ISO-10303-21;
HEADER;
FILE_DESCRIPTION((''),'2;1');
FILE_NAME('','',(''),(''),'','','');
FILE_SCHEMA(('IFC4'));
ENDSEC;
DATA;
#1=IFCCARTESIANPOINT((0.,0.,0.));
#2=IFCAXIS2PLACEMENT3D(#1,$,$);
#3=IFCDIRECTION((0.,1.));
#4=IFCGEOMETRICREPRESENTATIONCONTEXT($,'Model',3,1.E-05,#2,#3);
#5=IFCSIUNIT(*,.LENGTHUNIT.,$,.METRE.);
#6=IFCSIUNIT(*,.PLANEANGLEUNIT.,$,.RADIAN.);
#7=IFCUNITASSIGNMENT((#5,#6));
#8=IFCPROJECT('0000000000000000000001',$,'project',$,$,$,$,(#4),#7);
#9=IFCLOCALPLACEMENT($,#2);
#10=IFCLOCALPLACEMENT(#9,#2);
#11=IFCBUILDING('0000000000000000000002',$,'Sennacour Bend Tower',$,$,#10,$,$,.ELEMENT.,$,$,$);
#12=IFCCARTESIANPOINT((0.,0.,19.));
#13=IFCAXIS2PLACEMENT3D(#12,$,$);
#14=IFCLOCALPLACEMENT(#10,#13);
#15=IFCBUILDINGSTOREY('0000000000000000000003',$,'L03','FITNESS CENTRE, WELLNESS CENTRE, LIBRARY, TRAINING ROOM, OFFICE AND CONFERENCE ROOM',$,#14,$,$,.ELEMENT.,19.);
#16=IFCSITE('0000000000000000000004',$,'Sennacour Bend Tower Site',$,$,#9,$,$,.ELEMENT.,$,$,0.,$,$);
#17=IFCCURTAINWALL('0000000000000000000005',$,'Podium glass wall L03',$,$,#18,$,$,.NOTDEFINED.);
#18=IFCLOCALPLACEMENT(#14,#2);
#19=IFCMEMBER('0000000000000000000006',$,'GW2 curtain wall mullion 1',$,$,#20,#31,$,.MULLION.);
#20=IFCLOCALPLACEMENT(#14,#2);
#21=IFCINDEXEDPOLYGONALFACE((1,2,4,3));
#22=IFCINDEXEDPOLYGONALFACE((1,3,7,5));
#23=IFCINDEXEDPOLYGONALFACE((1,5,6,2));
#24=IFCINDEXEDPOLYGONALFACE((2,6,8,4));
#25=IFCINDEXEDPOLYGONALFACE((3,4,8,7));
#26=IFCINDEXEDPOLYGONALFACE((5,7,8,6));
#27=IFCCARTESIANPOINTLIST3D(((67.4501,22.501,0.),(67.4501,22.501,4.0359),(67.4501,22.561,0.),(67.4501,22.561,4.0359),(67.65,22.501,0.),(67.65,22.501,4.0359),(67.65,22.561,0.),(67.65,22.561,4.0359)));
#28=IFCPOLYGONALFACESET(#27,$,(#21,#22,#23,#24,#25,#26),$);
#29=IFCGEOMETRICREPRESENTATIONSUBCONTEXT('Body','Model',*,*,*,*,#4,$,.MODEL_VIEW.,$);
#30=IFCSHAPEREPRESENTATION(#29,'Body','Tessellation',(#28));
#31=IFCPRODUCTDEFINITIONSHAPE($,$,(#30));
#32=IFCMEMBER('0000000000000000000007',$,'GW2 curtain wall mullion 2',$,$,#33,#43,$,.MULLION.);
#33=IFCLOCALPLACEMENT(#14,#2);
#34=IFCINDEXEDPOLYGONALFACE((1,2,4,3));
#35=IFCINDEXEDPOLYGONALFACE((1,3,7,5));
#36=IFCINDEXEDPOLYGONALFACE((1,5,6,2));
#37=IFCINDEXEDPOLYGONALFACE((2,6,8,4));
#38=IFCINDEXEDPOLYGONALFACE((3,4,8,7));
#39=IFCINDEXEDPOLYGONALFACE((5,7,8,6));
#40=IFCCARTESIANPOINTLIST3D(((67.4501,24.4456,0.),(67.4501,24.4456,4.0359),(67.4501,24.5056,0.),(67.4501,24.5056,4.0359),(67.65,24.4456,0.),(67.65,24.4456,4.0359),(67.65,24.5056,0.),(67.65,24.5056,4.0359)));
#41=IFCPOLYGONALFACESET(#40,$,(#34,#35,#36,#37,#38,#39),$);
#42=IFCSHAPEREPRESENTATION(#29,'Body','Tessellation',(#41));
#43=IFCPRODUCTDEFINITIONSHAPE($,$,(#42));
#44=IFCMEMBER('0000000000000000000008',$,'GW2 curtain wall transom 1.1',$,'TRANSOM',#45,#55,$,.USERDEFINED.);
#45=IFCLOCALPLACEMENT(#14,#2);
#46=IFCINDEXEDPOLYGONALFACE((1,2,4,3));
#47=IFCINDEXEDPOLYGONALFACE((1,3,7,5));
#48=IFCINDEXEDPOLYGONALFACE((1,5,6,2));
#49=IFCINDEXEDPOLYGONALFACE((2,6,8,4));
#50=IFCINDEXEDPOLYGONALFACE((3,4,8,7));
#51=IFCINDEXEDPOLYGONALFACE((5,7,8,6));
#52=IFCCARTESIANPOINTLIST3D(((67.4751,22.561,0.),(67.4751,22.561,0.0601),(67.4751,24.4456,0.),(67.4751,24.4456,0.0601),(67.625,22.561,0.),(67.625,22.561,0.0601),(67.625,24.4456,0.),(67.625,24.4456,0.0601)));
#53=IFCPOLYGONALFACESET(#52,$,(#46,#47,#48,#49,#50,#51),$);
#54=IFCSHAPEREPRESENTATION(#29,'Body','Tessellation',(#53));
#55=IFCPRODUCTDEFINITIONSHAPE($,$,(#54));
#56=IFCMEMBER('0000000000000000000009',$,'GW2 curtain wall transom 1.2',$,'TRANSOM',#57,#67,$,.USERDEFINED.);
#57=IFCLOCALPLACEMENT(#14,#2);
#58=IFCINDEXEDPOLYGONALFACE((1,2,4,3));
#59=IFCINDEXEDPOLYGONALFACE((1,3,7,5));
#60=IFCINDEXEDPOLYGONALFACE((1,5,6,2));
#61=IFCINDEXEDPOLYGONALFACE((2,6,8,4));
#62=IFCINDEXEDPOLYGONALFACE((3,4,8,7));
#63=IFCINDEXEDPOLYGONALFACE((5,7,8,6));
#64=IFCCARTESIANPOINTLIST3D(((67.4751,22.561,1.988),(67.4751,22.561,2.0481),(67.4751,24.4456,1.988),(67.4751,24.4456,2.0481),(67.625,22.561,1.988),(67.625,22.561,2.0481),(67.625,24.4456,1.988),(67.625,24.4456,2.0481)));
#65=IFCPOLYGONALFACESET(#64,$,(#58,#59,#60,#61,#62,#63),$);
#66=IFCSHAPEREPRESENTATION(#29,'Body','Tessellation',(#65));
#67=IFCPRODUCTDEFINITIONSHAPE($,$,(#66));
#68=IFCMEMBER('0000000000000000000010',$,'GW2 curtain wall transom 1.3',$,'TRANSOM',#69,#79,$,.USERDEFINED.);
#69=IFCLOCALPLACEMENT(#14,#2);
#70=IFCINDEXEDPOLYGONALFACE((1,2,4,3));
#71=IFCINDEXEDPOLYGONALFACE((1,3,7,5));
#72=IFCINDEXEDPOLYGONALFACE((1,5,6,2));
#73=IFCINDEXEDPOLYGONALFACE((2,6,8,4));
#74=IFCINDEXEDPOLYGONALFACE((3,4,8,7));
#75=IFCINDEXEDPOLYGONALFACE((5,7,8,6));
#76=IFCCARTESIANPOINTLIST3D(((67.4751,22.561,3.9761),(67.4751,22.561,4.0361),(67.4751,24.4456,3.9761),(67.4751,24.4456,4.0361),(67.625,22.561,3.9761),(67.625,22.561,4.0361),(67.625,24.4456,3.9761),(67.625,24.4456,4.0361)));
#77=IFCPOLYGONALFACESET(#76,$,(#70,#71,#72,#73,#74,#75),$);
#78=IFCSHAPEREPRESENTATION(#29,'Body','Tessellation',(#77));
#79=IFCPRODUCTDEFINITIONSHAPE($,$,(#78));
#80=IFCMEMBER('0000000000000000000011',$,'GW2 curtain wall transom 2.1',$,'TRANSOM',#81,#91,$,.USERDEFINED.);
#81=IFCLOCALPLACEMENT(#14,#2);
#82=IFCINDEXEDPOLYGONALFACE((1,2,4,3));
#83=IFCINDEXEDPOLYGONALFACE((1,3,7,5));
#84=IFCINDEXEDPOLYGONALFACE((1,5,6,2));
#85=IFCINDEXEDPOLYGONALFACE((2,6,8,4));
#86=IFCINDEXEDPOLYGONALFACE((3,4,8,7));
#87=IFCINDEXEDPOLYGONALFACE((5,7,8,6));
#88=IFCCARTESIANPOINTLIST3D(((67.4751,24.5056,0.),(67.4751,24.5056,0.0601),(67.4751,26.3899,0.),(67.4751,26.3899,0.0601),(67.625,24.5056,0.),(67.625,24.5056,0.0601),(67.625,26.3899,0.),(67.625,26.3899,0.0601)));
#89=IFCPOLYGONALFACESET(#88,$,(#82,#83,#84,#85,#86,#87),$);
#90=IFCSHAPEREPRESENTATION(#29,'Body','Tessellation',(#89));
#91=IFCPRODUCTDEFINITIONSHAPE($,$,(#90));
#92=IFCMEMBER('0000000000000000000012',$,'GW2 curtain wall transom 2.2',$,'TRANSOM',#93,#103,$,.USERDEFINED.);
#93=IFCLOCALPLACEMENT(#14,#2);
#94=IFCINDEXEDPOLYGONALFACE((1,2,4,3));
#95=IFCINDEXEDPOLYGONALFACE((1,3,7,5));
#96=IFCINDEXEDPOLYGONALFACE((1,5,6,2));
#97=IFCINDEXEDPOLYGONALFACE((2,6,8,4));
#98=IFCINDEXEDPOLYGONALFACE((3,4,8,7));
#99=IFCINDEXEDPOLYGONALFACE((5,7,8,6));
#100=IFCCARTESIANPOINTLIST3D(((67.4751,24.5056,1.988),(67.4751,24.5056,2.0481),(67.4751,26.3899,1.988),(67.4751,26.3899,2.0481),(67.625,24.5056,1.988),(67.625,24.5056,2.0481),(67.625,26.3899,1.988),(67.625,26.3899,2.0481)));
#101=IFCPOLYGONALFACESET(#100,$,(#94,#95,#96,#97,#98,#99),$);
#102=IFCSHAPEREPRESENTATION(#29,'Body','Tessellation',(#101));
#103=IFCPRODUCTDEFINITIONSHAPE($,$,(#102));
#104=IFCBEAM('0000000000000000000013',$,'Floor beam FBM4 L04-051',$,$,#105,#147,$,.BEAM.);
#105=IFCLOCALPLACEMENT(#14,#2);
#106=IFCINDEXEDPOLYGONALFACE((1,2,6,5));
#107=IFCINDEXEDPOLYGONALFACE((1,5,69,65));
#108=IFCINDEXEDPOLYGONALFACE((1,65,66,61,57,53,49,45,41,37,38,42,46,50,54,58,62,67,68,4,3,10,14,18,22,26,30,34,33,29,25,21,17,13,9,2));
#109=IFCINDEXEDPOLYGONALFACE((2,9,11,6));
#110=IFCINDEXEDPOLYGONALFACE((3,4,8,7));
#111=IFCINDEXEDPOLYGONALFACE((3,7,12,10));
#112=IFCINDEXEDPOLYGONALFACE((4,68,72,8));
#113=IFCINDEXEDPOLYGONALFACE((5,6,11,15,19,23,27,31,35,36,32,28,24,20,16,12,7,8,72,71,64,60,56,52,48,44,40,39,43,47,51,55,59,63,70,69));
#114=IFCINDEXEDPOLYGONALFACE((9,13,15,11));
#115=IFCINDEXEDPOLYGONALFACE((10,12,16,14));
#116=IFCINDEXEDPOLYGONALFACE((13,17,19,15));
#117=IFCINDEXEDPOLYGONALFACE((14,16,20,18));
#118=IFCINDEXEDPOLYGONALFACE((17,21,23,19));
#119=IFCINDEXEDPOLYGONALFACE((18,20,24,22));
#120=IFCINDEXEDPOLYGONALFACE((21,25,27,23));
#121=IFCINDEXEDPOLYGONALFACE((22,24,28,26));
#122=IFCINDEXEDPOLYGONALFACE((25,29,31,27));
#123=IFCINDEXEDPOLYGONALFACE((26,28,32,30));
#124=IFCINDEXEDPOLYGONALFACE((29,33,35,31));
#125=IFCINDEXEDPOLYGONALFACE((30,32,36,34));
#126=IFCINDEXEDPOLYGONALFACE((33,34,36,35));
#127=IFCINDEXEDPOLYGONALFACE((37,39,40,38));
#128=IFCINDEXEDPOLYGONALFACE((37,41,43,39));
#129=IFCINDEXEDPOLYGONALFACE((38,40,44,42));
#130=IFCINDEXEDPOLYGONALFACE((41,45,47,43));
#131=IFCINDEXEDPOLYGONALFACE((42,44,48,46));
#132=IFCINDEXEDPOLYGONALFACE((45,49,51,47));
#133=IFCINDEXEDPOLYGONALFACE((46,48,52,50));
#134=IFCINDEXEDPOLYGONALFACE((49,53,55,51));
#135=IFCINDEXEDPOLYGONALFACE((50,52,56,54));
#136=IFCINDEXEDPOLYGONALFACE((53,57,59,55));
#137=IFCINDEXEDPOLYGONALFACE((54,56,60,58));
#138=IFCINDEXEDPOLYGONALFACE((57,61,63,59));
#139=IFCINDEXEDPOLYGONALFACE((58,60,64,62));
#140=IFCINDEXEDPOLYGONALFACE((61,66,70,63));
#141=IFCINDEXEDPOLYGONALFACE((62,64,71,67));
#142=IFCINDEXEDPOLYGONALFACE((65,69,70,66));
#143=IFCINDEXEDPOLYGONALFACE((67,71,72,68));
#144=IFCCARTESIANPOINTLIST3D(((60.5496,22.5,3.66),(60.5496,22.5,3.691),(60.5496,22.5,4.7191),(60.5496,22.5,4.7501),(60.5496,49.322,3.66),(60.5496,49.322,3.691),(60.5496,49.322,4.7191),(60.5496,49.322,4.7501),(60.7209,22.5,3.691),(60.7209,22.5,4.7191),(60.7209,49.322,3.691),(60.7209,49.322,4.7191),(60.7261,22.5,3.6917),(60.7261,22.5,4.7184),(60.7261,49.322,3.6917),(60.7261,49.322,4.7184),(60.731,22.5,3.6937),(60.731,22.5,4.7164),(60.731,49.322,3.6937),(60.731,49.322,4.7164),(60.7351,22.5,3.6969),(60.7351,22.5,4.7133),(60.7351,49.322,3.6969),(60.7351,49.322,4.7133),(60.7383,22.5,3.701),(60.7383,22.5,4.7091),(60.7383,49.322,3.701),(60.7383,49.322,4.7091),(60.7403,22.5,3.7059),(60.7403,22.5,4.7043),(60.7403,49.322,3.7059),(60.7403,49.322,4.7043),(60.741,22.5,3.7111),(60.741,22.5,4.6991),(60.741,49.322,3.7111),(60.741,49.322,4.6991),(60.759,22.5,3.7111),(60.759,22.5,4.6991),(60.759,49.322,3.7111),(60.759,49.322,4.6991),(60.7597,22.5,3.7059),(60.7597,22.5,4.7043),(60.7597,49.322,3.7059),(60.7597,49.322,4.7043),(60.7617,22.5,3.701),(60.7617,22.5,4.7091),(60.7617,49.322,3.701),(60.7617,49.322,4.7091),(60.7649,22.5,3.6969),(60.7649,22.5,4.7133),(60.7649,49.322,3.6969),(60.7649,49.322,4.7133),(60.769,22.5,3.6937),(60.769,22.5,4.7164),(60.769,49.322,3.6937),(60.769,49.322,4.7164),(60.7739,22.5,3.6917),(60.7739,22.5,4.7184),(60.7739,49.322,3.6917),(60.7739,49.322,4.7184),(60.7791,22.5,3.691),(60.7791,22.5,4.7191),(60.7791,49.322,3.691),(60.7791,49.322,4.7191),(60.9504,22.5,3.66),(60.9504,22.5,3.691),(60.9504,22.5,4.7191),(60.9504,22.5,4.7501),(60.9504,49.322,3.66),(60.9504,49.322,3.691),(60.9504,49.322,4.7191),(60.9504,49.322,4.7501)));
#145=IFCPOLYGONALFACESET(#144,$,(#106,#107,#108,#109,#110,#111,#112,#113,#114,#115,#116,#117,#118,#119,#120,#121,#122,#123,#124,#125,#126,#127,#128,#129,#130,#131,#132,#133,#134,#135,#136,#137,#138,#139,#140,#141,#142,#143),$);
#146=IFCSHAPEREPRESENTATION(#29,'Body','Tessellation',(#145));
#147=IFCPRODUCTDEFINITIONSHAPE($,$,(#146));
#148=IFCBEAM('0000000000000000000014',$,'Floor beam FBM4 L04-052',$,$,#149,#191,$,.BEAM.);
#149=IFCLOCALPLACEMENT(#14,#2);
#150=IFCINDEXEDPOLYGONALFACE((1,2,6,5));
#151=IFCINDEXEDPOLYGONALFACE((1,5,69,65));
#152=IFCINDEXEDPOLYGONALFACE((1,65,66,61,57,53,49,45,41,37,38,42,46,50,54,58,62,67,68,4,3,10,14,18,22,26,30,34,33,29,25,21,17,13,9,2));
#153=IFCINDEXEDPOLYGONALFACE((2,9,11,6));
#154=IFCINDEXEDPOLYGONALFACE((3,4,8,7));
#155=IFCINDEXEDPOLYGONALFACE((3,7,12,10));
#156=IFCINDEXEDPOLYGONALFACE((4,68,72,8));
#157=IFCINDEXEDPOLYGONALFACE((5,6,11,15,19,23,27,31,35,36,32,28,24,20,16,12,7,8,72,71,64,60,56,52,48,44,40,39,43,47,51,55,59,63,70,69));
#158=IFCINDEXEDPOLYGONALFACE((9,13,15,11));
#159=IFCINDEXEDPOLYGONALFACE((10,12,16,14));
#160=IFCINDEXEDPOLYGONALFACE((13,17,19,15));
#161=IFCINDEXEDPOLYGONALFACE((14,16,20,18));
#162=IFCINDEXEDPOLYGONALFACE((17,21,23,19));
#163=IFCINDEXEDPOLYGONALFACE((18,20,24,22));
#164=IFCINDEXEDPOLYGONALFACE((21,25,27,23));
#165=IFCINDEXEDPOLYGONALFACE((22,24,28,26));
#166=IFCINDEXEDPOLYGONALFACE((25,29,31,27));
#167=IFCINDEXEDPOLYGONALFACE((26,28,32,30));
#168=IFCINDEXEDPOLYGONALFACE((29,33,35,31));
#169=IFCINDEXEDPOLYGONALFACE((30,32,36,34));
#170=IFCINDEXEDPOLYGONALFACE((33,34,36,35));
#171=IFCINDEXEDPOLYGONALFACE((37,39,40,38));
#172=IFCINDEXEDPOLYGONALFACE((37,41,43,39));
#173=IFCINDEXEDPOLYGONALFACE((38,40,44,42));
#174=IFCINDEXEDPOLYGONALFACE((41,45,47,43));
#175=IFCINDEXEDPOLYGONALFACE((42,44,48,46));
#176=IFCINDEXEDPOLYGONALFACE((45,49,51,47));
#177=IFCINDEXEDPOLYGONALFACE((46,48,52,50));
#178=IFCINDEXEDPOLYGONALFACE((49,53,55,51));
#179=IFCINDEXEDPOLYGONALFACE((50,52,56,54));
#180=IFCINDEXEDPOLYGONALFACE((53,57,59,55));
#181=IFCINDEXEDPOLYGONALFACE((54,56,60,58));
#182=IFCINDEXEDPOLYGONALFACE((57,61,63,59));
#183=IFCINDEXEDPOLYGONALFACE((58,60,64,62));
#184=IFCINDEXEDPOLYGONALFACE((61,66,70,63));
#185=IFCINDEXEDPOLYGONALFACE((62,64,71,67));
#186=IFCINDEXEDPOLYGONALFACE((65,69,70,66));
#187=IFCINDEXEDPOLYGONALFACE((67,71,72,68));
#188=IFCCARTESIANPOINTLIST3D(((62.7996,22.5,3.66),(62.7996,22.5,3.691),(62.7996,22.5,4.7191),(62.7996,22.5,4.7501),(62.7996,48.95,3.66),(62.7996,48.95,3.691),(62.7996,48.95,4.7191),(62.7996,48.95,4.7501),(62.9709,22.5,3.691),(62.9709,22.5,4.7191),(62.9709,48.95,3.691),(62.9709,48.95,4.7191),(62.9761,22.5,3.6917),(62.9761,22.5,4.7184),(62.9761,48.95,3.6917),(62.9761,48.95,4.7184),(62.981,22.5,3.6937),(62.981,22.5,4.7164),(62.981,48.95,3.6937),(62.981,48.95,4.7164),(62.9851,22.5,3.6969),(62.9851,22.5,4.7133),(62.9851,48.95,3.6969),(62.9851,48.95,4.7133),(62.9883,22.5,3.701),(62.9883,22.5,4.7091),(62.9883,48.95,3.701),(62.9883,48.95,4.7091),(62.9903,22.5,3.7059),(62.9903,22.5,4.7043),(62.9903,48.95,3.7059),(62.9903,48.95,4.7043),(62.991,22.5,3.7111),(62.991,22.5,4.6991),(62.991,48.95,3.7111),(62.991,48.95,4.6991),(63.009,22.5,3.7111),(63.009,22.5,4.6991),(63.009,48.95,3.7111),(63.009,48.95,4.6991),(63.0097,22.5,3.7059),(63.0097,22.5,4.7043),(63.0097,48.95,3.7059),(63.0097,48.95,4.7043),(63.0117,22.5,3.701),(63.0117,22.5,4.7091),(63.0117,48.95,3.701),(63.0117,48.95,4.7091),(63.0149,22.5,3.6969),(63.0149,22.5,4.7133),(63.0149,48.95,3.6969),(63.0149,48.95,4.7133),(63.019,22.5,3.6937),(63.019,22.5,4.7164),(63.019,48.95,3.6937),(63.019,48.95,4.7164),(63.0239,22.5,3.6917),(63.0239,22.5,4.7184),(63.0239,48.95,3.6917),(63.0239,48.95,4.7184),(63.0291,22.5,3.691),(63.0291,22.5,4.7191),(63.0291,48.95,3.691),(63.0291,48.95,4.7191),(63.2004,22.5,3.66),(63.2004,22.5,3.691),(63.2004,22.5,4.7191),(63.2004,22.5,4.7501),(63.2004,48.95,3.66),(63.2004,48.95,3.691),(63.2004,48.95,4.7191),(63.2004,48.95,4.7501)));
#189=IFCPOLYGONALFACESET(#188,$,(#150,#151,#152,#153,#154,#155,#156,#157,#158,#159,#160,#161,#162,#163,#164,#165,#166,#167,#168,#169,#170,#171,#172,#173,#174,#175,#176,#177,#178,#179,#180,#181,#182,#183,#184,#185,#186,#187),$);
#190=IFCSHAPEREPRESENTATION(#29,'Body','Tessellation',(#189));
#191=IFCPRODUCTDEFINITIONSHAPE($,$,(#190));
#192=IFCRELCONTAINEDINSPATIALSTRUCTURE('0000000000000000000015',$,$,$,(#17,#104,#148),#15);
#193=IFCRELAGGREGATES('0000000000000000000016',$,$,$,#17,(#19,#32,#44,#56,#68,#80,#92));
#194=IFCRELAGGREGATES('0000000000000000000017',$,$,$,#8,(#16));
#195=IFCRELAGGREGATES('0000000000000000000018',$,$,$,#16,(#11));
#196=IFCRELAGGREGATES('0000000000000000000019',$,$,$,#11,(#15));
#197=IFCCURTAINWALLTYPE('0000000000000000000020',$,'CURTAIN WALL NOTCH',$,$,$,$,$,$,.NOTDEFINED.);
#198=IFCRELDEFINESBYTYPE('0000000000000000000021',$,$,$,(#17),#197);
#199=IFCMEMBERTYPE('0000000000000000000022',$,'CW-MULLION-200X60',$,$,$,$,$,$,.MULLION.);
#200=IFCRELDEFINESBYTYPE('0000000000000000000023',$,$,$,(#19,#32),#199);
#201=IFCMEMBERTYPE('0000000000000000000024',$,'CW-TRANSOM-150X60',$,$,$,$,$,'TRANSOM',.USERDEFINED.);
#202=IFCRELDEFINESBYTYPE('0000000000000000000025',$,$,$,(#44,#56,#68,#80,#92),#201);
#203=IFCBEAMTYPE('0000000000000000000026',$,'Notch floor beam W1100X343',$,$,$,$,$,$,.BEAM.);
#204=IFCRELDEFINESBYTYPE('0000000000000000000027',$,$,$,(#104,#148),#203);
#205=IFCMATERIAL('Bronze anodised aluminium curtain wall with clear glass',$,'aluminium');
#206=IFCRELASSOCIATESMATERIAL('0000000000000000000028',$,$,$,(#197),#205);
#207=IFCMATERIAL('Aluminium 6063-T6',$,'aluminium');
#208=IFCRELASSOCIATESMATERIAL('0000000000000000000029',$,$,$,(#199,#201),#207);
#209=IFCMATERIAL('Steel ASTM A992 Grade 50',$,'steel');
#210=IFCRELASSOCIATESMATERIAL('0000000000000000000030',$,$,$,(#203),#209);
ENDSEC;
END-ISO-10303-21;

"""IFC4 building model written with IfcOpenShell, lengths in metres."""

from ifc_helpers import new_model, si_unit, direction, frame, origin, origin_2d, place, context, subcontext, project, spatial, rectangle, i_section, extrude, material, material_profile, profile_set, type_object, element, aggregate, save


model = new_model("IFC4")

# Units and contexts
model_context = context("Model", 3, precision=1e-05, world=origin(), true_north=direction((0.0, 1.0)))
body_context = subcontext(model_context, "Body", "Model", "MODEL_VIEW")
ifc_project = project(units=[si_unit("LENGTHUNIT", "METRE"), si_unit("PLANEANGLEUNIT", "RADIAN")], contexts=[model_context])

# Site, building, storey
site_placement = place(None, origin())
site = spatial("IfcSite", under=ifc_project, at=site_placement, Name="Sennacour Bend Tower Site", CompositionType="ELEMENT", RefElevation=0.0)
building_placement = place(site_placement, origin())
building = spatial("IfcBuilding", under=site, at=building_placement, Name="Sennacour Bend Tower", CompositionType="ELEMENT")
storey_placement = place(building_placement, frame((0.0, 0.0, 19.0)))
storey = spatial("IfcBuildingStorey", under=building, at=storey_placement, Name="L03", Description="FITNESS CENTRE, WELLNESS CENTRE, LIBRARY, TRAINING ROOM, OFFICE AND CONFERENCE ROOM", CompositionType="ELEMENT", Elevation=19.0)

# Curtain wall, members
ifc_material_1 = material(Name="Bronze anodised aluminium curtain wall with clear glass", Category="aluminium")
curtain_wall_type = type_object("IfcCurtainWallType", Name="CURTAIN WALL NOTCH", PredefinedType="NOTDEFINED", material=ifc_material_1)
curtain_wall_placement = place(storey_placement, origin())
curtain_wall = element("IfcCurtainWall", 1, at=curtain_wall_placement, inside=storey, type_object=curtain_wall_type, Name="Podium glass wall L03", PredefinedType="NOTDEFINED")
ifc_material_2 = material(Name="Aluminium 6063-T6", Category="aluminium")
ifc_material_profile_1 = material_profile(ifc_material_2, rectangle(XDim=0.2, YDim=0.0601, at=origin_2d()), Name="Aluminium 6063-T6", Category="aluminium")
ifc_profile_set_1 = profile_set([ifc_material_profile_1], Name="Aluminium 6063-T6")
member_type_1 = type_object("IfcMemberType", Name="CW-MULLION-200X60", PredefinedType="MULLION", material=ifc_profile_set_1)
member_1_placement = place(storey_placement, frame((67.55, 22.531, 0.0), z_axis=(0.0, 0.0, 1.0), x_axis=(-1.0, 0.0, 0.0)))
member_1 = element("IfcMember", 2, at=member_1_placement, type_object=member_type_1, Name="GW2 curtain wall mullion 1", PredefinedType="MULLION", context=body_context, shape_type="SweptSolid", body=[
    extrude(rectangle(XDim=0.2, YDim=0.0601, at=origin_2d()), origin(), (0.0, 0.0, 1.0), 4.0359),
])
member_2_placement = place(storey_placement, frame((67.55, 24.4756, 0.0), z_axis=(0.0, 0.0, 1.0), x_axis=(-1.0, 0.0, 0.0)))
member_2 = element("IfcMember", 3, at=member_2_placement, type_object=member_type_1, Name="GW2 curtain wall mullion 2", PredefinedType="MULLION", context=body_context, shape_type="SweptSolid", body=[
    extrude(rectangle(XDim=0.2, YDim=0.0601, at=origin_2d()), origin(), (0.0, 0.0, 1.0), 4.0359),
])
ifc_material_profile_2 = material_profile(ifc_material_2, rectangle(XDim=0.1499, YDim=0.0601, at=origin_2d()), Name="Aluminium 6063-T6", Category="aluminium")
ifc_profile_set_2 = profile_set([ifc_material_profile_2], Name="Aluminium 6063-T6")
member_type_2 = type_object("IfcMemberType", Name="CW-TRANSOM-150X60", ElementType="TRANSOM", PredefinedType="USERDEFINED", material=ifc_profile_set_2)
member_3_placement = place(storey_placement, frame((67.55, 22.561, 0.03), z_axis=(0.0, 1.0, 0.0), x_axis=(-1.0, 0.0, 0.0)))
member_3 = element("IfcMember", 4, at=member_3_placement, type_object=member_type_2, Name="GW2 curtain wall transom 1.1", ObjectType="TRANSOM", PredefinedType="USERDEFINED", context=body_context, shape_type="SweptSolid", body=[
    extrude(rectangle(XDim=0.1499, YDim=0.0601, at=origin_2d()), origin(), (0.0, 0.0, 1.0), 1.8845),
])
member_4_placement = place(storey_placement, frame((67.55, 22.561, 2.0181), z_axis=(0.0, 1.0, 0.0), x_axis=(-1.0, 0.0, 0.0)))
member_4 = element("IfcMember", 5, at=member_4_placement, type_object=member_type_2, Name="GW2 curtain wall transom 1.2", ObjectType="TRANSOM", PredefinedType="USERDEFINED", context=body_context, shape_type="SweptSolid", body=[
    extrude(rectangle(XDim=0.1499, YDim=0.0601, at=origin_2d()), origin(), (0.0, 0.0, 1.0), 1.8845),
])
member_5_placement = place(storey_placement, frame((67.55, 22.561, 4.0061), z_axis=(0.0, 1.0, 0.0), x_axis=(-1.0, 0.0, 0.0)))
member_5 = element("IfcMember", 6, at=member_5_placement, type_object=member_type_2, Name="GW2 curtain wall transom 1.3", ObjectType="TRANSOM", PredefinedType="USERDEFINED", context=body_context, shape_type="SweptSolid", body=[
    extrude(rectangle(XDim=0.1499, YDim=0.0601, at=origin_2d()), origin(), (0.0, 0.0, 1.0), 1.8845),
])
member_6_placement = place(storey_placement, frame((67.55, 24.5056, 0.03), z_axis=(0.0, 1.0, 0.0), x_axis=(-1.0, 0.0, 0.0)))
member_6 = element("IfcMember", 7, at=member_6_placement, type_object=member_type_2, Name="GW2 curtain wall transom 2.1", ObjectType="TRANSOM", PredefinedType="USERDEFINED", context=body_context, shape_type="SweptSolid", body=[
    extrude(rectangle(XDim=0.1499, YDim=0.0601, at=origin_2d()), origin(), (0.0, 0.0, 1.0), 1.8843),
])
member_7_placement = place(storey_placement, frame((67.55, 24.5056, 2.0181), z_axis=(0.0, 1.0, 0.0), x_axis=(-1.0, 0.0, 0.0)))
member_7 = element("IfcMember", 8, at=member_7_placement, type_object=member_type_2, Name="GW2 curtain wall transom 2.2", ObjectType="TRANSOM", PredefinedType="USERDEFINED", context=body_context, shape_type="SweptSolid", body=[
    extrude(rectangle(XDim=0.1499, YDim=0.0601, at=origin_2d()), origin(), (0.0, 0.0, 1.0), 1.8843),
])

# Beams
ifc_material_3 = material(Name="Steel ASTM A992 Grade 50", Category="steel")
ifc_material_profile_3 = material_profile(ifc_material_3, i_section(OverallWidth=0.4009, OverallDepth=1.0901, WebThickness=0.0181, FlangeThickness=0.031, FilletRadius=0.02, at=origin_2d()), Name="Steel ASTM A992 Grade 50", Category="steel")
ifc_profile_set_3 = profile_set([ifc_material_profile_3], Name="Steel ASTM A992 Grade 50")
beam_type_1 = type_object("IfcBeamType", Name="Notch floor beam W1100X343", PredefinedType="BEAM", material=ifc_profile_set_3)
beam_1_placement = place(storey_placement, frame((60.75, 22.5, 4.2051), z_axis=(0.0, 1.0, 0.0), x_axis=(-1.0, 0.0, 0.0)))
element("IfcBeam", 9, at=beam_1_placement, inside=storey, type_object=beam_type_1, Name="Floor beam FBM4 L04-051", PredefinedType="BEAM", context=body_context, shape_type="SweptSolid", body=[
    extrude(i_section(OverallWidth=0.4009, OverallDepth=1.0901, WebThickness=0.0181, FlangeThickness=0.031, FilletRadius=0.02, at=origin_2d()), origin(), (0.0, 0.0, 1.0), 26.822),
])
beam_2_placement = place(storey_placement, frame((63.0, 22.5, 4.2051), z_axis=(0.0, 1.0, 0.0), x_axis=(-1.0, 0.0, 0.0)))
element("IfcBeam", 10, at=beam_2_placement, inside=storey, type_object=beam_type_1, Name="Floor beam FBM4 L04-052", PredefinedType="BEAM", context=body_context, shape_type="SweptSolid", body=[
    extrude(i_section(OverallWidth=0.4009, OverallDepth=1.0901, WebThickness=0.0181, FlangeThickness=0.031, FilletRadius=0.02, at=origin_2d()), origin(), (0.0, 0.0, 1.0), 26.45),
])

aggregate(curtain_wall, [member_1, member_2, member_3, member_4, member_5, member_6, member_7])

save(model, "model.ifc")
